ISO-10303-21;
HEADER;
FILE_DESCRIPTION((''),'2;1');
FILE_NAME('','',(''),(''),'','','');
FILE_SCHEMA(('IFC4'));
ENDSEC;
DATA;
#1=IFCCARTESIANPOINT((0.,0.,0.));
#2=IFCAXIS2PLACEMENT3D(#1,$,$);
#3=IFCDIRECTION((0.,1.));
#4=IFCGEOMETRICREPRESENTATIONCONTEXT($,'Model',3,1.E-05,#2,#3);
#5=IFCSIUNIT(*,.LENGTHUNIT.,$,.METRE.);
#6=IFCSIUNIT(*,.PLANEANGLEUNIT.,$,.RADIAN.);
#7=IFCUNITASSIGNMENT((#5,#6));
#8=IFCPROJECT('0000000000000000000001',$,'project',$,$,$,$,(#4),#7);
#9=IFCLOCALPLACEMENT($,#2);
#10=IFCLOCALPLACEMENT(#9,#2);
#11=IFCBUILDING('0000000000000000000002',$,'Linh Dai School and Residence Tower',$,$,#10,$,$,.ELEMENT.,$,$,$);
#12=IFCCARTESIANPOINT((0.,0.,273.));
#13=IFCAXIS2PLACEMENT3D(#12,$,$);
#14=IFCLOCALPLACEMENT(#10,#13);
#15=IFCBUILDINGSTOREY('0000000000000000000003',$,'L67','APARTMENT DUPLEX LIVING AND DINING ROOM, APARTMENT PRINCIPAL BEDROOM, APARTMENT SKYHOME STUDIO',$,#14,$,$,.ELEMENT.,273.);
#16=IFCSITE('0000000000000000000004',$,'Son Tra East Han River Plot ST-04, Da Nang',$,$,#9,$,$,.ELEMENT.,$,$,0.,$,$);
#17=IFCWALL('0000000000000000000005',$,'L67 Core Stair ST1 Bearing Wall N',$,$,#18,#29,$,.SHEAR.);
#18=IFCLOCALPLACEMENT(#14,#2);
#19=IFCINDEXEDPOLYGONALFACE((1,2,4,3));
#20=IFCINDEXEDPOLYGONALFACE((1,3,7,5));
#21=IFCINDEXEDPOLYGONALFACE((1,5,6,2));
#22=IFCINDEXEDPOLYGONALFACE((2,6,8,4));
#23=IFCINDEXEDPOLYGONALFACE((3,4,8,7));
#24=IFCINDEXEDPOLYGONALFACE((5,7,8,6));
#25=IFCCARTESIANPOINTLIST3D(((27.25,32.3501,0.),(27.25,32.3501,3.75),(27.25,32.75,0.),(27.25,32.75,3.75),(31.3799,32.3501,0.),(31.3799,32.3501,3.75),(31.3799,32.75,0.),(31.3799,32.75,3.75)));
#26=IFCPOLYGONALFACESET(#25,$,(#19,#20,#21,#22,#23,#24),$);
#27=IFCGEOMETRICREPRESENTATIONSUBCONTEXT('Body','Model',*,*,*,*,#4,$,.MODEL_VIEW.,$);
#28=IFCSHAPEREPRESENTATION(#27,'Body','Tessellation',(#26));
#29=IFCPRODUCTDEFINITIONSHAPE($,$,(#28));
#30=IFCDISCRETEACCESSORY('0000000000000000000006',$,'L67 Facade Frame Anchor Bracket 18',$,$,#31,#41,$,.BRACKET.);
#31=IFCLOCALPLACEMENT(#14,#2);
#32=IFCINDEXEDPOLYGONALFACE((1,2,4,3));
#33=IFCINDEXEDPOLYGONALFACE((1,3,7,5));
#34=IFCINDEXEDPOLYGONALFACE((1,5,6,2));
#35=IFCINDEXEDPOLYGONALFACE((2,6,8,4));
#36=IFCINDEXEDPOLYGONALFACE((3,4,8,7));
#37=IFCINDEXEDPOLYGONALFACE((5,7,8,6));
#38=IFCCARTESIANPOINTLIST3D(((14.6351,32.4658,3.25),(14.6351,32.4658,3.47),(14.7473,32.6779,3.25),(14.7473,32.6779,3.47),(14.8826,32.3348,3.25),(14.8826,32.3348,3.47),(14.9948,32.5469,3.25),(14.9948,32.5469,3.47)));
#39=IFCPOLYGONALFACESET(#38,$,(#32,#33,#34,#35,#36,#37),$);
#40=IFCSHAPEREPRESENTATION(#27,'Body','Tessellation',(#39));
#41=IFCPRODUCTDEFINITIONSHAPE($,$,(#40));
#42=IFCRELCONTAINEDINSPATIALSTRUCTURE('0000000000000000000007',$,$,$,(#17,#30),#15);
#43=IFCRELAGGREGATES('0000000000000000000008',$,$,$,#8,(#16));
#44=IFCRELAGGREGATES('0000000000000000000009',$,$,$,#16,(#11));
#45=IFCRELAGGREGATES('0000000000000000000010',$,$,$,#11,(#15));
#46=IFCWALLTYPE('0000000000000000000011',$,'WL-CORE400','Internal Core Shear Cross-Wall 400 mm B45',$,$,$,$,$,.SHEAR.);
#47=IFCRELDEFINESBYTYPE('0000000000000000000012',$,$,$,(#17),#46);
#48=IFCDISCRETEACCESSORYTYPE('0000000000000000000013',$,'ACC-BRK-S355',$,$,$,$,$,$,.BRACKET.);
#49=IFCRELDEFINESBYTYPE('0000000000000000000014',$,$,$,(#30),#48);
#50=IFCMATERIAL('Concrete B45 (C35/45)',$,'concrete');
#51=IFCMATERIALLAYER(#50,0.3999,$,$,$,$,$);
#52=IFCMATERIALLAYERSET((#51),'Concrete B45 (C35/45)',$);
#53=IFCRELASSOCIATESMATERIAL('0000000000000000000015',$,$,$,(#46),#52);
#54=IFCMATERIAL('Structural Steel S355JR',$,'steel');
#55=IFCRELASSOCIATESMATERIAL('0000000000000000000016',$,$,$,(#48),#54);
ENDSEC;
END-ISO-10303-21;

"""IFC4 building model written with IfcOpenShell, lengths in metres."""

from ifc_helpers import new_model, si_unit, direction, frame, frame_2d, origin, origin_2d, place, context, subcontext, project, spatial, rectangle, extrude, source, transform, mapped, material, layer, layer_set, type_object, element, save


model = new_model("IFC4")

# Units and contexts
model_context = context("Model", 3, precision=1e-05, world=origin(), true_north=direction((0.0, 1.0)))
body_context = subcontext(model_context, "Body", "Model", "MODEL_VIEW")
ifc_project = project(units=[si_unit("LENGTHUNIT", "METRE"), si_unit("PLANEANGLEUNIT", "RADIAN")], contexts=[model_context])

# Site, building, storey
site_placement = place(None, origin())
site = spatial("IfcSite", under=ifc_project, at=site_placement, Name="Son Tra East Han River Plot ST-04, Da Nang", CompositionType="ELEMENT", RefElevation=0.0)
building_placement = place(site_placement, origin())
building = spatial("IfcBuilding", under=site, at=building_placement, Name="Linh Dai School and Residence Tower", CompositionType="ELEMENT")
storey_placement = place(building_placement, frame((0.0, 0.0, 273.0)))
storey = spatial("IfcBuildingStorey", under=building, at=storey_placement, Name="L67", Description="APARTMENT DUPLEX LIVING AND DINING ROOM, APARTMENT PRINCIPAL BEDROOM, APARTMENT SKYHOME STUDIO", CompositionType="ELEMENT", Elevation=273.0)

# Shared definitions
ifc_material_1 = material(Name="Structural Steel S355JR", Category="steel")

# Wall
ifc_material_2 = material(Name="Concrete B45 (C35/45)", Category="concrete")
ifc_layer_1 = layer(ifc_material_2, 0.3999)
ifc_layer_set_1 = layer_set([ifc_layer_1], Name="Concrete B45 (C35/45)")
wall_type_1 = type_object("IfcWallType", Name="WL-CORE400", Description="Internal Core Shear Cross-Wall 400 mm B45", PredefinedType="SHEAR", material=ifc_layer_set_1)
wall_1_placement = place(storey_placement, frame((27.25, 32.55, 0.0), z_axis=(0.0, 0.0, 1.0), x_axis=(1.0, 0.0, 0.0)))
element("IfcWall", 1, at=wall_1_placement, inside=storey, type_object=wall_type_1, Name="L67 Core Stair ST1 Bearing Wall N", PredefinedType="SHEAR", context=body_context, shape_type="SweptSolid", body=[
    extrude(rectangle(XDim=4.1299, YDim=0.3999, at=frame_2d((2.0649, 0.0))), origin(), (0.0, 0.0, 1.0), 3.75),
])

# Discrete accessory
discrete_accessory_type = type_object("IfcDiscreteAccessoryType", Name="ACC-BRK-S355", PredefinedType="BRACKET", material=ifc_material_1)
shared_shape_1 = source(origin(), body_context, "Body", "SweptSolid", [
    extrude(rectangle(XDim=0.28, YDim=0.24, at=origin_2d()), origin(), (0.0, 0.0, 1.0), 0.22),
])
discrete_accessory_placement = place(storey_placement, frame((14.8149, 32.5063, 3.25), z_axis=(0.0, 0.0, 1.0), x_axis=(-0.883938, 0.467604, 0.0)))
element("IfcDiscreteAccessory", 2, at=discrete_accessory_placement, inside=storey, type_object=discrete_accessory_type, Name="L67 Facade Frame Anchor Bracket 18", PredefinedType="BRACKET", context=body_context, shape_type="MappedRepresentation", body=[
    mapped(shared_shape_1, transform((0.0, 0.0, 0.0), x_axis=(1.0, 0.0, 0.0), y_axis=(0.0, 1.0, 0.0), z_axis=(0.0, 0.0, 1.0), scale=1.0)),
])

save(model, "model.ifc")
